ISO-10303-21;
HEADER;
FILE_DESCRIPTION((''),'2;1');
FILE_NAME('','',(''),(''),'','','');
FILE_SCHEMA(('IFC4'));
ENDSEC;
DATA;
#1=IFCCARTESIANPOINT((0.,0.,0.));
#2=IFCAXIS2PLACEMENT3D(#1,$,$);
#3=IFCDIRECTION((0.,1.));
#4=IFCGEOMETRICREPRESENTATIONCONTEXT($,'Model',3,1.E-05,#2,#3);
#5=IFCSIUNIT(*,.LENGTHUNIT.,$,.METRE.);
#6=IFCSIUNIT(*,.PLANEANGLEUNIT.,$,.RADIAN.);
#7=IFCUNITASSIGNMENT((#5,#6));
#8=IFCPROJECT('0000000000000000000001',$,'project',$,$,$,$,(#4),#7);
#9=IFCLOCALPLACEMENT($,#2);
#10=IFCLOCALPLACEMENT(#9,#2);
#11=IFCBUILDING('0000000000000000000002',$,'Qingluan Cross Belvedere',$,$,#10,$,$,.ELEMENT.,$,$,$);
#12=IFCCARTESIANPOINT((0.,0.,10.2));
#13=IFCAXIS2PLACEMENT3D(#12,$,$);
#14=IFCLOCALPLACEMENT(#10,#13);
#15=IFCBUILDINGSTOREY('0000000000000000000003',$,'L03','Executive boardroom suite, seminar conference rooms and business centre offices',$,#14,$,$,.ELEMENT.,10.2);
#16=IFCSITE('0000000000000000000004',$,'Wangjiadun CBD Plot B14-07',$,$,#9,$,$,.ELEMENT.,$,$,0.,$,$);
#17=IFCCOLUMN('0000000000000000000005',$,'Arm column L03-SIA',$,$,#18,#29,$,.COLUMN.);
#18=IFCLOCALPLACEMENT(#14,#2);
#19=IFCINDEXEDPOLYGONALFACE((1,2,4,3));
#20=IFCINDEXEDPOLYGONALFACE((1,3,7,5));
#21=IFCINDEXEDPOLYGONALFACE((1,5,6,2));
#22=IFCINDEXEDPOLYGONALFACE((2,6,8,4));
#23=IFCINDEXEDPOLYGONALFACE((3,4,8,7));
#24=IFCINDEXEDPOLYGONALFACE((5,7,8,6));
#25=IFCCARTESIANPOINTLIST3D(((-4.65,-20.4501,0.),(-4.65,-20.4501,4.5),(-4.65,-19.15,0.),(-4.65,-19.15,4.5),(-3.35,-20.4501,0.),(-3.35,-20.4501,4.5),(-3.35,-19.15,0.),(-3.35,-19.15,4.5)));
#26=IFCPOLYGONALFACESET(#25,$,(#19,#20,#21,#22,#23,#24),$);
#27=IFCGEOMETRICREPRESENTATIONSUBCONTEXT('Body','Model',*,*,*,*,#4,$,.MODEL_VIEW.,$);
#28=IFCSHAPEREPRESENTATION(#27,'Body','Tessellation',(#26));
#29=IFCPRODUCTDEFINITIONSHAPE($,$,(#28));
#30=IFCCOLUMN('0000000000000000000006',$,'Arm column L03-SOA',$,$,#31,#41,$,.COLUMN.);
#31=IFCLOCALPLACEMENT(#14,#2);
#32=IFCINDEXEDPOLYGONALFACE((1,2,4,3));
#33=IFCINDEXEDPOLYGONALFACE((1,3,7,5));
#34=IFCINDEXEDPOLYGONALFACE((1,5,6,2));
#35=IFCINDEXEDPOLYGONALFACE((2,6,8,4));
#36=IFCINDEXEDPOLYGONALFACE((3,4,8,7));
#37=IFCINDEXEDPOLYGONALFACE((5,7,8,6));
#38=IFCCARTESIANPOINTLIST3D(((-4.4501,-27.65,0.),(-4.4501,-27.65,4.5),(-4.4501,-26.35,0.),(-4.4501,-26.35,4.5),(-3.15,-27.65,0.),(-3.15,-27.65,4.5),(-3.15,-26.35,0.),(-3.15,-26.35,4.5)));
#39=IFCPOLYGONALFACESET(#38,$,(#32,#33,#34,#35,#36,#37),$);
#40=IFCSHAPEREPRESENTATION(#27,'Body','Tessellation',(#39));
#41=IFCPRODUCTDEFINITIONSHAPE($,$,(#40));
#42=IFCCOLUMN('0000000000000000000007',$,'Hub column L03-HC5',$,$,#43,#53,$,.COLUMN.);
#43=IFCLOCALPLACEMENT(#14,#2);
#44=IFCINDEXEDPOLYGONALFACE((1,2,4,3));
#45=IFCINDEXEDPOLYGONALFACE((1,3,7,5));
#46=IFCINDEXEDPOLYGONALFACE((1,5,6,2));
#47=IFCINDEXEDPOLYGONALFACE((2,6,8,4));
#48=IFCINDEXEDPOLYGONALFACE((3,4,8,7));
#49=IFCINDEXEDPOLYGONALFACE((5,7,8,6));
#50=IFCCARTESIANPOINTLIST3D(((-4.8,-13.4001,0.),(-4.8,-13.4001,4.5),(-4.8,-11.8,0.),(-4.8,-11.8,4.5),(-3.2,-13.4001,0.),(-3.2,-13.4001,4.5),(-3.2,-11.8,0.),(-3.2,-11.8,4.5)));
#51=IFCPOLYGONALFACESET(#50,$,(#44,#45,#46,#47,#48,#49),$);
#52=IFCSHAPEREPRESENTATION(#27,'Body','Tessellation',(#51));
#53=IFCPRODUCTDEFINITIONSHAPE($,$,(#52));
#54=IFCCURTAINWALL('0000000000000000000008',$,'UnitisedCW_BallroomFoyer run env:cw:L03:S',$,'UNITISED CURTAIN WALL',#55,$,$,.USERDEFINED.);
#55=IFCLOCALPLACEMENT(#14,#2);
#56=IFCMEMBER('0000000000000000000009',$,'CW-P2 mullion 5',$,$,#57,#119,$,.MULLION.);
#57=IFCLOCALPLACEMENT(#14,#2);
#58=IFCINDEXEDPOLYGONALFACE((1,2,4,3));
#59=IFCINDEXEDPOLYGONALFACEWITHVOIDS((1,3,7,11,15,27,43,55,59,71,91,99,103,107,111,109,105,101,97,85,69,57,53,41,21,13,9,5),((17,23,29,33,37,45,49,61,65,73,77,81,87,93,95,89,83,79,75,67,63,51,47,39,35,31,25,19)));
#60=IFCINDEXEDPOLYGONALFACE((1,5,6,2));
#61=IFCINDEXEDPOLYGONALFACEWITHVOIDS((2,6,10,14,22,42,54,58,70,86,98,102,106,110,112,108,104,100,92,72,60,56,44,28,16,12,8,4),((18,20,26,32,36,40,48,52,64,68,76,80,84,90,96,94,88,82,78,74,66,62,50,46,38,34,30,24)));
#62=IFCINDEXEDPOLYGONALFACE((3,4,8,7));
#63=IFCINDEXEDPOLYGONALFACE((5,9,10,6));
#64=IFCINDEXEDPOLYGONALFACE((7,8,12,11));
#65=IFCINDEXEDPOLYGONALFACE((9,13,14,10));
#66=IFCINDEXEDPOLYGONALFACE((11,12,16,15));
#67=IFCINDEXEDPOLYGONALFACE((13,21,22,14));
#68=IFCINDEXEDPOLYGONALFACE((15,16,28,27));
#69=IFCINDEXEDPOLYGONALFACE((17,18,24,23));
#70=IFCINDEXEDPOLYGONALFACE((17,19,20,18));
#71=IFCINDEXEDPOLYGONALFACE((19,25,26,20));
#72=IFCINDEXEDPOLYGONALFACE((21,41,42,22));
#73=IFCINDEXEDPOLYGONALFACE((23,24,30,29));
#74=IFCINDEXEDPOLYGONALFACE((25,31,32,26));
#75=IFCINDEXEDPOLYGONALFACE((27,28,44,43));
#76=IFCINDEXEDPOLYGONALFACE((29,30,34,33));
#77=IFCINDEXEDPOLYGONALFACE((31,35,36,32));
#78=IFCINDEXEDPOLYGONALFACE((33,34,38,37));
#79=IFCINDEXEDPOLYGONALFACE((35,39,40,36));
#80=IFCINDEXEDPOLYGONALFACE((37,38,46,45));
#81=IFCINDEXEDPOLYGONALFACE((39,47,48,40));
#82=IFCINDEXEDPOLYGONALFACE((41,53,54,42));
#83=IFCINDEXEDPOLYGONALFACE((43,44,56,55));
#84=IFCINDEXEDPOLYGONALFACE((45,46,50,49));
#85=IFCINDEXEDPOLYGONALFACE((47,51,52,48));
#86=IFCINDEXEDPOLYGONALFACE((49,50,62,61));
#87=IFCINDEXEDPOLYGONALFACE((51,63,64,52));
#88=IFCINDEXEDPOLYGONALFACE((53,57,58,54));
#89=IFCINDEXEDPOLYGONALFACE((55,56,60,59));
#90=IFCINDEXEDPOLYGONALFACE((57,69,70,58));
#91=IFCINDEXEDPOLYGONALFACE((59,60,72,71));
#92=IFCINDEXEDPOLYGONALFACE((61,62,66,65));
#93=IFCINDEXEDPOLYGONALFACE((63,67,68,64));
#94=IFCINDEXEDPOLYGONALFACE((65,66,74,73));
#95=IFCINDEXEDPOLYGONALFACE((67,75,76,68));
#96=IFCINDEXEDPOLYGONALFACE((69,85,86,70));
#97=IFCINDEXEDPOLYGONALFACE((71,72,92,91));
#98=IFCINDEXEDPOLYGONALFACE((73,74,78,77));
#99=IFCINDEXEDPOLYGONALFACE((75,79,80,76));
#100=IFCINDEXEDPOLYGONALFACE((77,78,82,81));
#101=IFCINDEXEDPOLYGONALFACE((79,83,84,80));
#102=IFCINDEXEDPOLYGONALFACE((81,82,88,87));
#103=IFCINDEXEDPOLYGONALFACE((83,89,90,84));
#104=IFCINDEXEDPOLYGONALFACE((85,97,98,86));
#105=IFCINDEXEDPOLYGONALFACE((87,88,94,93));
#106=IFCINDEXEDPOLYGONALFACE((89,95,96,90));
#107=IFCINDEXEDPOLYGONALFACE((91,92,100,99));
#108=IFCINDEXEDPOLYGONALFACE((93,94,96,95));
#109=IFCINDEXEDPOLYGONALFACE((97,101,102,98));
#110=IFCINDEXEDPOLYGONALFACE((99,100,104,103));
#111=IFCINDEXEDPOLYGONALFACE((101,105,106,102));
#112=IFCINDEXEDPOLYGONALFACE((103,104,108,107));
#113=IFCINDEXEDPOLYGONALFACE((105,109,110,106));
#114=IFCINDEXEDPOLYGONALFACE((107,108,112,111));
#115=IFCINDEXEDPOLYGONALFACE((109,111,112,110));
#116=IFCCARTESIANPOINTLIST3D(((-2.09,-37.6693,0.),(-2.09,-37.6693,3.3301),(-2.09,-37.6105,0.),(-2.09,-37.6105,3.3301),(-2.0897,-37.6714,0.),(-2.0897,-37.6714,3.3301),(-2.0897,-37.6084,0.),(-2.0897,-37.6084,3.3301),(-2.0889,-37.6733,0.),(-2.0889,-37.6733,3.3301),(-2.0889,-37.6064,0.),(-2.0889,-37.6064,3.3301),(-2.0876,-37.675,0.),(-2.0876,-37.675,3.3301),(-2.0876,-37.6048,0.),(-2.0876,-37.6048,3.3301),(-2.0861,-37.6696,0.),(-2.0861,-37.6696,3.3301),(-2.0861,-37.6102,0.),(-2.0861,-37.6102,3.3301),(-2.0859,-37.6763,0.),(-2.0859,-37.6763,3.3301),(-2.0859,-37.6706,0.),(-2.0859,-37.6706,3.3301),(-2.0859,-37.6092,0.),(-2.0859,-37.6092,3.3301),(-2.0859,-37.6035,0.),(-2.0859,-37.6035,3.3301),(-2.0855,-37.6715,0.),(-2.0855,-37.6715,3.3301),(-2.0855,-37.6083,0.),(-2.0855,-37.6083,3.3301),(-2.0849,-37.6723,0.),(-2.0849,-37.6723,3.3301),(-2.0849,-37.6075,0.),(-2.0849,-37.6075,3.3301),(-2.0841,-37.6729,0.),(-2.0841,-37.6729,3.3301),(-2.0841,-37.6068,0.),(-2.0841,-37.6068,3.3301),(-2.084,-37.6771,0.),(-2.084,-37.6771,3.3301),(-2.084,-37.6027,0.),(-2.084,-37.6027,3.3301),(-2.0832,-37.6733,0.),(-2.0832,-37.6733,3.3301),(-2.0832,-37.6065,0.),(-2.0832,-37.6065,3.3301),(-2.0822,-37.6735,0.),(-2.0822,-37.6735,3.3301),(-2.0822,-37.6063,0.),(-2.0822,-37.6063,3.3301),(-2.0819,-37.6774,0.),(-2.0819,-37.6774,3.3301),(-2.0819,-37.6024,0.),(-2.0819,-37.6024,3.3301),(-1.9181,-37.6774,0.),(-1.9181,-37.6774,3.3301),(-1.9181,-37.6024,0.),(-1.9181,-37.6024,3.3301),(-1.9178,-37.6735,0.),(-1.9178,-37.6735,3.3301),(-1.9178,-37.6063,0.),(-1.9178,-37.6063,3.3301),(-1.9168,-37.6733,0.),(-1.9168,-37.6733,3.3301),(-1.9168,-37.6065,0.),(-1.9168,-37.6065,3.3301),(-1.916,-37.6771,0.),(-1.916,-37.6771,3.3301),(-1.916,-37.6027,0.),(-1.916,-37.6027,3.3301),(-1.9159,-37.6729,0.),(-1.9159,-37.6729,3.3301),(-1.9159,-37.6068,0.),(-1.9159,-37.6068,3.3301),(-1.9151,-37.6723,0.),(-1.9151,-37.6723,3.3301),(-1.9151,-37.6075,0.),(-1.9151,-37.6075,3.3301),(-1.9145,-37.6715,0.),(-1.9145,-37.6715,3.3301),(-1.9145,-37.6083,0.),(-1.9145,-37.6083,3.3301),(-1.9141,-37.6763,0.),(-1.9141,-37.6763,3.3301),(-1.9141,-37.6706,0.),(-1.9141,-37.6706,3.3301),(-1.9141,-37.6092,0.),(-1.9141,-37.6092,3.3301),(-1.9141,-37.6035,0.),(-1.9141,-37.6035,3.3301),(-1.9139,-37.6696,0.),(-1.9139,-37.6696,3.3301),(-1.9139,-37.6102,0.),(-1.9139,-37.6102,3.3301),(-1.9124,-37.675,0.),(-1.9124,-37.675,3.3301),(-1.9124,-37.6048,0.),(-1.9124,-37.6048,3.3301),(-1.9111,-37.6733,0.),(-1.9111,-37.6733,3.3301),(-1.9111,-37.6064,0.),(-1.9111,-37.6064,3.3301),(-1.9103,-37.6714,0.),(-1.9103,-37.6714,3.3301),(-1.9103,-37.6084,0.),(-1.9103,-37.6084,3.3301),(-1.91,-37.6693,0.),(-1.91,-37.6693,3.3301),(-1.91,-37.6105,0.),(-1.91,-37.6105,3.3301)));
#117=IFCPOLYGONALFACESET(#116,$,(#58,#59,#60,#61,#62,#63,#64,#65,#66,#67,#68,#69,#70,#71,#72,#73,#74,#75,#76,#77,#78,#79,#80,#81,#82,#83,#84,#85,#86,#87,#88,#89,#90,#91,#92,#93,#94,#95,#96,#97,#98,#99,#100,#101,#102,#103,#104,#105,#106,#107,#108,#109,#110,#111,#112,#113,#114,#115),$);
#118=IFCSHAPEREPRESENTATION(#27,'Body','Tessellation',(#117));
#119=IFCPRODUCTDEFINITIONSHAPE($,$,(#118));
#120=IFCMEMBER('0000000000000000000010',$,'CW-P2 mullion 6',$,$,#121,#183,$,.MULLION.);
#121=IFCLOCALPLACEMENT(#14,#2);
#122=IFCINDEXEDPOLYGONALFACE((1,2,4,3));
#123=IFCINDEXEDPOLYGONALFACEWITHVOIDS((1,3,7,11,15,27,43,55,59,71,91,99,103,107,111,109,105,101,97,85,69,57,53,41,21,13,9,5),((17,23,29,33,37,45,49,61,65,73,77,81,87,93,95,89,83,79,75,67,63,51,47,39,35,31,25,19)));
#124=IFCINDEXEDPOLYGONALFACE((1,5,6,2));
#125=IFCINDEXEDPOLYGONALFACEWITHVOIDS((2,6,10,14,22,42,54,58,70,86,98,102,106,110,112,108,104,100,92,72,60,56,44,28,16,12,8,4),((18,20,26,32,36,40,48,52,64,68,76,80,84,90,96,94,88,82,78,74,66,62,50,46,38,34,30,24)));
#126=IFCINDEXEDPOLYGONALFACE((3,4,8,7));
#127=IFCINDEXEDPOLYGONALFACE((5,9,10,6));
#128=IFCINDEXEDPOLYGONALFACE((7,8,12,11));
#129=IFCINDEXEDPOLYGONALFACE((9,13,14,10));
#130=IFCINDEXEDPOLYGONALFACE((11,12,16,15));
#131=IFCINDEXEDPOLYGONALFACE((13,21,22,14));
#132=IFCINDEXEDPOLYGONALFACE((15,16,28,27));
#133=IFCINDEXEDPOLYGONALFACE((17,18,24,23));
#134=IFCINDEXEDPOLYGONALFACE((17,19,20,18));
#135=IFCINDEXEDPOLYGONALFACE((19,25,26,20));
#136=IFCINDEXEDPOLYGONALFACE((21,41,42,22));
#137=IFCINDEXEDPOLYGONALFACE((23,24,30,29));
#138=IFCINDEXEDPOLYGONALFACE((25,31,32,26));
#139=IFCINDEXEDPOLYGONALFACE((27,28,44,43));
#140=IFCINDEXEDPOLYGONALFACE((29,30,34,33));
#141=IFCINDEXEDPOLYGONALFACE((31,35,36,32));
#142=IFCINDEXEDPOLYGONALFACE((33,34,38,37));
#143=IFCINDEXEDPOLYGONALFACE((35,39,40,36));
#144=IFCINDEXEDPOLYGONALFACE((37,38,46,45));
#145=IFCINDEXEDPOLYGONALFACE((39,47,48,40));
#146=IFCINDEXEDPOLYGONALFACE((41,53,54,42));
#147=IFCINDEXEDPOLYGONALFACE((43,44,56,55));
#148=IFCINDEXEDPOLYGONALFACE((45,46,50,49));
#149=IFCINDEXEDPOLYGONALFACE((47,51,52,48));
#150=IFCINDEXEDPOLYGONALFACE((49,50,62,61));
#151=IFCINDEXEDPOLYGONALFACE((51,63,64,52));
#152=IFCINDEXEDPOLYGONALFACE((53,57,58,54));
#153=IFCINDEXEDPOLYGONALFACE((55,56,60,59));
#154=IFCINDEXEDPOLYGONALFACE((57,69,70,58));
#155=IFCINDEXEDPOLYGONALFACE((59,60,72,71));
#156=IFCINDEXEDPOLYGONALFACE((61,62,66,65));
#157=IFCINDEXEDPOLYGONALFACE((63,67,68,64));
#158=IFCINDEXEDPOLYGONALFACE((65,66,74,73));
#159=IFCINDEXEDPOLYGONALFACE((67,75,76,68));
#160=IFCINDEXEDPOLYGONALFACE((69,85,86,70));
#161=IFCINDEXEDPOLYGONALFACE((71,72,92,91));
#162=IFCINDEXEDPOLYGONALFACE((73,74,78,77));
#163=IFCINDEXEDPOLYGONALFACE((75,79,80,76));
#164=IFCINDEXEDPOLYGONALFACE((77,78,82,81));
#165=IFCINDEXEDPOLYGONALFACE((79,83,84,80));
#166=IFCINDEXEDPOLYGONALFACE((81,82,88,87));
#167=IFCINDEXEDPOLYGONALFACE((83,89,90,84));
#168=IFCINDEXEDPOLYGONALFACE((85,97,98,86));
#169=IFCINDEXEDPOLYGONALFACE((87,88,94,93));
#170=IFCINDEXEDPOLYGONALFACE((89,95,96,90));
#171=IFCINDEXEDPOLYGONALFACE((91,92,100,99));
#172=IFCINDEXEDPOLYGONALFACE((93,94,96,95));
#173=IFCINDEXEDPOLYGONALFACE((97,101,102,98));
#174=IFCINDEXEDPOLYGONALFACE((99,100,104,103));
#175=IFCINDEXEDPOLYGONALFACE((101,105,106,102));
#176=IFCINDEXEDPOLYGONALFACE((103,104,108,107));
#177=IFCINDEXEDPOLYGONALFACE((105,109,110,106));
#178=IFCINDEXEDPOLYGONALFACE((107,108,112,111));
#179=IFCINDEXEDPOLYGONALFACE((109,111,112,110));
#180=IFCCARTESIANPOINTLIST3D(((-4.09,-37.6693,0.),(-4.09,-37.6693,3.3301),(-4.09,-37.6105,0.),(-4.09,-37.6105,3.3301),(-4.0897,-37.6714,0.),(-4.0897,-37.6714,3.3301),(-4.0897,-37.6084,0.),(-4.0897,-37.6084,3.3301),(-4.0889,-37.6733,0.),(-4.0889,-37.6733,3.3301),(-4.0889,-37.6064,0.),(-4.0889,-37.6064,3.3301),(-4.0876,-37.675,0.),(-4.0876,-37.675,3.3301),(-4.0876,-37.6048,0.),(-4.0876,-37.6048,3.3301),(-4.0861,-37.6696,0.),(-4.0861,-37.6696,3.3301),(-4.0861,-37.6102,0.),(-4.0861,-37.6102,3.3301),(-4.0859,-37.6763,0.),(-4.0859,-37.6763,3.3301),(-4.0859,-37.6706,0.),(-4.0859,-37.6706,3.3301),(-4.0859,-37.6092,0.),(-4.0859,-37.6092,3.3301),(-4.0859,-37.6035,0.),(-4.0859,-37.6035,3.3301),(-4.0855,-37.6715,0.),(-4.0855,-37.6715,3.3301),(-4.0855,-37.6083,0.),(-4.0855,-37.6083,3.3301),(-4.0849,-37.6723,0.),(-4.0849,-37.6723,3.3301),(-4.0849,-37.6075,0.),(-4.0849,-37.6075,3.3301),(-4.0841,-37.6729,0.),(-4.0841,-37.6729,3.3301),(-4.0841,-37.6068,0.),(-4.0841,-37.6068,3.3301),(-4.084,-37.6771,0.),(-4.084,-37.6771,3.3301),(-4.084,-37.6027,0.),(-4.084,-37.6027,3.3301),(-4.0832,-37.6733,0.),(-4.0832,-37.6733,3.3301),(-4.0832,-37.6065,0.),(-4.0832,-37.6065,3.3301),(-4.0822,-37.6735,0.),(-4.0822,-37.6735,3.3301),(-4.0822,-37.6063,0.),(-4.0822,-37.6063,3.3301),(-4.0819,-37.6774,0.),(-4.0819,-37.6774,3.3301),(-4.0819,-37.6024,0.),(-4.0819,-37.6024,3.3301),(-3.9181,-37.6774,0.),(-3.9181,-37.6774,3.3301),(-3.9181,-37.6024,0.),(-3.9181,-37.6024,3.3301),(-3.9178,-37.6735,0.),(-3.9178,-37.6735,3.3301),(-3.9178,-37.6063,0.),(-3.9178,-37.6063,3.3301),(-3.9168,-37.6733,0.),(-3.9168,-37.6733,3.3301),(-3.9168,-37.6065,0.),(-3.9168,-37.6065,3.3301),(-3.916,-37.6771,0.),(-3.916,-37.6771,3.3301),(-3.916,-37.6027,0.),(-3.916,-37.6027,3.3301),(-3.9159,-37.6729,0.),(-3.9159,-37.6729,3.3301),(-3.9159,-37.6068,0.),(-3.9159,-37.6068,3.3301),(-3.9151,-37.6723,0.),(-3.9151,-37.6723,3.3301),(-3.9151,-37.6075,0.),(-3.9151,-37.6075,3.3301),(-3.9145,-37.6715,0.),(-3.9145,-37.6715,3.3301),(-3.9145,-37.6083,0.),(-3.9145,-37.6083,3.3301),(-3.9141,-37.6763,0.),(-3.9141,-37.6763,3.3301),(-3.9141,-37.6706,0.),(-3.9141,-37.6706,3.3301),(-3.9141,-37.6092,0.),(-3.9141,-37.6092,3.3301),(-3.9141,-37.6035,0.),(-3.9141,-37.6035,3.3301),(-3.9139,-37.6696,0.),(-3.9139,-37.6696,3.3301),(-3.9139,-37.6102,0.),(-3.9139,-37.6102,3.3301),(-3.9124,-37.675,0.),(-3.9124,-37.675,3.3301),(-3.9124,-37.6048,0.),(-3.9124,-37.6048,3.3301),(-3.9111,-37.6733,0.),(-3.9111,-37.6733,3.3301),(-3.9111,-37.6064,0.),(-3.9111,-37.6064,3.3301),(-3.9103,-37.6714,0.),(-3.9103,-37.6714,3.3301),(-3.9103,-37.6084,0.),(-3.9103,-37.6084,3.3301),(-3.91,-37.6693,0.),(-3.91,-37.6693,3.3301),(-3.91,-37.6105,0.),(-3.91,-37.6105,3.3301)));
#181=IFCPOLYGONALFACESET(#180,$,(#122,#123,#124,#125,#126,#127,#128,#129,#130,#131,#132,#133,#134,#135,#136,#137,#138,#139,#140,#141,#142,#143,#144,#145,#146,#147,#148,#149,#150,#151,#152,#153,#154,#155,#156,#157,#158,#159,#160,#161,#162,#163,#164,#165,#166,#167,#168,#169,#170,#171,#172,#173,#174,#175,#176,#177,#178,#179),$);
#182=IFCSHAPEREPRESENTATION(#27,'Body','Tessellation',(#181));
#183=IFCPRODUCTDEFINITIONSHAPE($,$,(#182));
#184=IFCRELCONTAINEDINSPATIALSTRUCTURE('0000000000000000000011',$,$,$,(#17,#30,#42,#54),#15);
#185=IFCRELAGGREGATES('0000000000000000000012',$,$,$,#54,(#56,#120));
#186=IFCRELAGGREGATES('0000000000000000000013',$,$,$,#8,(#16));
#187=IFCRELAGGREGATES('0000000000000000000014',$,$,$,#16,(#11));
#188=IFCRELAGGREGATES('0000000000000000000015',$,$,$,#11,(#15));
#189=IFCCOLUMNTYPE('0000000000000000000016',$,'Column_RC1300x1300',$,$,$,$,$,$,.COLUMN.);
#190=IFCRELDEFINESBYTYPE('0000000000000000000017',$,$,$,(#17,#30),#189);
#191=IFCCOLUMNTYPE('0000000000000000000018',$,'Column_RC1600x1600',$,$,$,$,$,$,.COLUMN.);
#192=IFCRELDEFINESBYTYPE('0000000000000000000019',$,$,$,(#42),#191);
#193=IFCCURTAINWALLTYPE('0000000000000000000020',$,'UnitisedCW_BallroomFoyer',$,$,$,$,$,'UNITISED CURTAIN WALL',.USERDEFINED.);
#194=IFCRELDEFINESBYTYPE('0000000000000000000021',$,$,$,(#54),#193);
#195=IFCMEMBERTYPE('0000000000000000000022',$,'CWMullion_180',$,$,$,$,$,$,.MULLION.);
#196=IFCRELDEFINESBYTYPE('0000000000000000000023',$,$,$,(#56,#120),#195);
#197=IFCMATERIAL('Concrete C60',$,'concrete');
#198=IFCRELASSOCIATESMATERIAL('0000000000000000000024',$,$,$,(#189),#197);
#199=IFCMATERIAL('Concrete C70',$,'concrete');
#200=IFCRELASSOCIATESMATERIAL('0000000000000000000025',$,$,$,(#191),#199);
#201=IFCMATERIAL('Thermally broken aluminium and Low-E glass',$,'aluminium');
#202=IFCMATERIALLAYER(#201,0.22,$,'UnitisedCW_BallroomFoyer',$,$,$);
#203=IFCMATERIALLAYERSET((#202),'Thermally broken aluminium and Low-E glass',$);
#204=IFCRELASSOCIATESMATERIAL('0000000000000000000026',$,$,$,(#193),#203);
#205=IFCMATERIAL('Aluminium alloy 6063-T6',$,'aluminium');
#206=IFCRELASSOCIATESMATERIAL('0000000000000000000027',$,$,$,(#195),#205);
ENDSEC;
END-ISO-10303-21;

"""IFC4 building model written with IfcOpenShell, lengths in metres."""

from ifc_helpers import new_model, si_unit, direction, frame, origin, origin_2d, place, context, subcontext, project, spatial, rectangle, hollow_rectangle, extrude, material, layer, layer_set, material_profile, profile_set, type_object, element, aggregate, save


model = new_model("IFC4")

# Units and contexts
model_context = context("Model", 3, precision=1e-05, world=origin(), true_north=direction((0.0, 1.0)))
body_context = subcontext(model_context, "Body", "Model", "MODEL_VIEW")
ifc_project = project(units=[si_unit("LENGTHUNIT", "METRE"), si_unit("PLANEANGLEUNIT", "RADIAN")], contexts=[model_context])

# Site, building, storey
site_placement = place(None, origin())
site = spatial("IfcSite", under=ifc_project, at=site_placement, Name="Wangjiadun CBD Plot B14-07", CompositionType="ELEMENT", RefElevation=0.0)
building_placement = place(site_placement, origin())
building = spatial("IfcBuilding", under=site, at=building_placement, Name="Qingluan Cross Belvedere", CompositionType="ELEMENT")
storey_placement = place(building_placement, frame((0.0, 0.0, 10.2)))
storey = spatial("IfcBuildingStorey", under=building, at=storey_placement, Name="L03", Description="Executive boardroom suite, seminar conference rooms and business centre offices", CompositionType="ELEMENT", Elevation=10.2)

# Columns
ifc_material_1 = material(Name="Concrete C60", Category="concrete")
ifc_material_profile_1 = material_profile(ifc_material_1, rectangle(XDim=1.3, YDim=1.3, at=origin_2d()), Name="RC1300x1300")
ifc_profile_set_1 = profile_set([ifc_material_profile_1], Name="Concrete C60")
column_type_1 = type_object("IfcColumnType", Name="Column_RC1300x1300", PredefinedType="COLUMN", material=ifc_profile_set_1)
for number, where, z_axis, x_axis, name in (
    (1, (-4.0, -19.8, 0.0), (0.0, 0.0, 1.0), (1.0, 0.0, 0.0), "Arm column L03-SIA"),
    (2, (-3.8, -27.0, 0.0), (0.0, 0.0, 1.0), (1.0, 0.0, 0.0), "Arm column L03-SOA"),
):
    element("IfcColumn", number, at=place(storey_placement, frame(where, z_axis=z_axis, x_axis=x_axis)), inside=storey, type_object=column_type_1, Name=name, PredefinedType="COLUMN", context=body_context, shape_type="SweptSolid", body=[
        extrude(rectangle(XDim=1.3, YDim=1.3, at=origin_2d()), origin(), (0.0, 0.0, 1.0), 4.5),
    ])
ifc_material_2 = material(Name="Concrete C70", Category="concrete")
ifc_material_profile_2 = material_profile(ifc_material_2, rectangle(XDim=1.6001, YDim=1.6001, at=origin_2d()), Name="RC1600x1600")
ifc_profile_set_2 = profile_set([ifc_material_profile_2], Name="Concrete C70")
column_type_2 = type_object("IfcColumnType", Name="Column_RC1600x1600", PredefinedType="COLUMN", material=ifc_profile_set_2)
column_placement = place(storey_placement, frame((-4.0, -12.6001, 0.0), z_axis=(0.0, 0.0, 1.0), x_axis=(1.0, 0.0, 0.0)))
element("IfcColumn", 3, at=column_placement, inside=storey, type_object=column_type_2, Name="Hub column L03-HC5", PredefinedType="COLUMN", context=body_context, shape_type="SweptSolid", body=[
    extrude(rectangle(XDim=1.6001, YDim=1.6001, at=origin_2d()), origin(), (0.0, 0.0, 1.0), 4.5),
])

# Curtain wall, members
ifc_material_3 = material(Name="Thermally broken aluminium and Low-E glass", Category="aluminium")
ifc_layer_1 = layer(ifc_material_3, 0.22, Name="UnitisedCW_BallroomFoyer")
ifc_layer_set_1 = layer_set([ifc_layer_1], Name="Thermally broken aluminium and Low-E glass")
curtain_wall_type = type_object("IfcCurtainWallType", Name="UnitisedCW_BallroomFoyer", ElementType="UNITISED CURTAIN WALL", PredefinedType="USERDEFINED", material=ifc_layer_set_1)
curtain_wall_placement = place(storey_placement, origin())
curtain_wall = element("IfcCurtainWall", 4, at=curtain_wall_placement, inside=storey, type_object=curtain_wall_type, Name="UnitisedCW_BallroomFoyer run env:cw:L03:S", ObjectType="UNITISED CURTAIN WALL", PredefinedType="USERDEFINED")
ifc_material_4 = material(Name="Aluminium alloy 6063-T6", Category="aluminium")
ifc_material_profile_3 = material_profile(ifc_material_4, hollow_rectangle(XDim=0.075, YDim=0.1799, WallThickness=0.0039, InnerFilletRadius=0.0039, OuterFilletRadius=0.0081, at=origin_2d()), Name="CWM180x75x4")
ifc_profile_set_3 = profile_set([ifc_material_profile_3], Name="Aluminium alloy 6063-T6")
member_type_1 = type_object("IfcMemberType", Name="CWMullion_180", PredefinedType="MULLION", material=ifc_profile_set_3)
member_1_placement = place(storey_placement, frame((-2.0, -37.6399, 0.0), z_axis=(0.0, 0.0, 1.0), x_axis=(0.0, -1.0, 0.0)))
member_1 = element("IfcMember", 5, at=member_1_placement, type_object=member_type_1, Name="CW-P2 mullion 5", PredefinedType="MULLION", context=body_context, shape_type="SweptSolid", body=[
    extrude(hollow_rectangle(XDim=0.075, YDim=0.1799, WallThickness=0.0039, InnerFilletRadius=0.0039, OuterFilletRadius=0.0081, at=origin_2d()), origin(), (0.0, 0.0, 1.0), 3.3301),
])
member_2_placement = place(storey_placement, frame((-4.0, -37.6399, 0.0), z_axis=(0.0, 0.0, 1.0), x_axis=(0.0, -1.0, 0.0)))
member_2 = element("IfcMember", 6, at=member_2_placement, type_object=member_type_1, Name="CW-P2 mullion 6", PredefinedType="MULLION", context=body_context, shape_type="SweptSolid", body=[
    extrude(hollow_rectangle(XDim=0.075, YDim=0.1799, WallThickness=0.0039, InnerFilletRadius=0.0039, OuterFilletRadius=0.0081, at=origin_2d()), origin(), (0.0, 0.0, 1.0), 3.3301),
])

aggregate(curtain_wall, [member_1, member_2])

save(model, "model.ifc")
